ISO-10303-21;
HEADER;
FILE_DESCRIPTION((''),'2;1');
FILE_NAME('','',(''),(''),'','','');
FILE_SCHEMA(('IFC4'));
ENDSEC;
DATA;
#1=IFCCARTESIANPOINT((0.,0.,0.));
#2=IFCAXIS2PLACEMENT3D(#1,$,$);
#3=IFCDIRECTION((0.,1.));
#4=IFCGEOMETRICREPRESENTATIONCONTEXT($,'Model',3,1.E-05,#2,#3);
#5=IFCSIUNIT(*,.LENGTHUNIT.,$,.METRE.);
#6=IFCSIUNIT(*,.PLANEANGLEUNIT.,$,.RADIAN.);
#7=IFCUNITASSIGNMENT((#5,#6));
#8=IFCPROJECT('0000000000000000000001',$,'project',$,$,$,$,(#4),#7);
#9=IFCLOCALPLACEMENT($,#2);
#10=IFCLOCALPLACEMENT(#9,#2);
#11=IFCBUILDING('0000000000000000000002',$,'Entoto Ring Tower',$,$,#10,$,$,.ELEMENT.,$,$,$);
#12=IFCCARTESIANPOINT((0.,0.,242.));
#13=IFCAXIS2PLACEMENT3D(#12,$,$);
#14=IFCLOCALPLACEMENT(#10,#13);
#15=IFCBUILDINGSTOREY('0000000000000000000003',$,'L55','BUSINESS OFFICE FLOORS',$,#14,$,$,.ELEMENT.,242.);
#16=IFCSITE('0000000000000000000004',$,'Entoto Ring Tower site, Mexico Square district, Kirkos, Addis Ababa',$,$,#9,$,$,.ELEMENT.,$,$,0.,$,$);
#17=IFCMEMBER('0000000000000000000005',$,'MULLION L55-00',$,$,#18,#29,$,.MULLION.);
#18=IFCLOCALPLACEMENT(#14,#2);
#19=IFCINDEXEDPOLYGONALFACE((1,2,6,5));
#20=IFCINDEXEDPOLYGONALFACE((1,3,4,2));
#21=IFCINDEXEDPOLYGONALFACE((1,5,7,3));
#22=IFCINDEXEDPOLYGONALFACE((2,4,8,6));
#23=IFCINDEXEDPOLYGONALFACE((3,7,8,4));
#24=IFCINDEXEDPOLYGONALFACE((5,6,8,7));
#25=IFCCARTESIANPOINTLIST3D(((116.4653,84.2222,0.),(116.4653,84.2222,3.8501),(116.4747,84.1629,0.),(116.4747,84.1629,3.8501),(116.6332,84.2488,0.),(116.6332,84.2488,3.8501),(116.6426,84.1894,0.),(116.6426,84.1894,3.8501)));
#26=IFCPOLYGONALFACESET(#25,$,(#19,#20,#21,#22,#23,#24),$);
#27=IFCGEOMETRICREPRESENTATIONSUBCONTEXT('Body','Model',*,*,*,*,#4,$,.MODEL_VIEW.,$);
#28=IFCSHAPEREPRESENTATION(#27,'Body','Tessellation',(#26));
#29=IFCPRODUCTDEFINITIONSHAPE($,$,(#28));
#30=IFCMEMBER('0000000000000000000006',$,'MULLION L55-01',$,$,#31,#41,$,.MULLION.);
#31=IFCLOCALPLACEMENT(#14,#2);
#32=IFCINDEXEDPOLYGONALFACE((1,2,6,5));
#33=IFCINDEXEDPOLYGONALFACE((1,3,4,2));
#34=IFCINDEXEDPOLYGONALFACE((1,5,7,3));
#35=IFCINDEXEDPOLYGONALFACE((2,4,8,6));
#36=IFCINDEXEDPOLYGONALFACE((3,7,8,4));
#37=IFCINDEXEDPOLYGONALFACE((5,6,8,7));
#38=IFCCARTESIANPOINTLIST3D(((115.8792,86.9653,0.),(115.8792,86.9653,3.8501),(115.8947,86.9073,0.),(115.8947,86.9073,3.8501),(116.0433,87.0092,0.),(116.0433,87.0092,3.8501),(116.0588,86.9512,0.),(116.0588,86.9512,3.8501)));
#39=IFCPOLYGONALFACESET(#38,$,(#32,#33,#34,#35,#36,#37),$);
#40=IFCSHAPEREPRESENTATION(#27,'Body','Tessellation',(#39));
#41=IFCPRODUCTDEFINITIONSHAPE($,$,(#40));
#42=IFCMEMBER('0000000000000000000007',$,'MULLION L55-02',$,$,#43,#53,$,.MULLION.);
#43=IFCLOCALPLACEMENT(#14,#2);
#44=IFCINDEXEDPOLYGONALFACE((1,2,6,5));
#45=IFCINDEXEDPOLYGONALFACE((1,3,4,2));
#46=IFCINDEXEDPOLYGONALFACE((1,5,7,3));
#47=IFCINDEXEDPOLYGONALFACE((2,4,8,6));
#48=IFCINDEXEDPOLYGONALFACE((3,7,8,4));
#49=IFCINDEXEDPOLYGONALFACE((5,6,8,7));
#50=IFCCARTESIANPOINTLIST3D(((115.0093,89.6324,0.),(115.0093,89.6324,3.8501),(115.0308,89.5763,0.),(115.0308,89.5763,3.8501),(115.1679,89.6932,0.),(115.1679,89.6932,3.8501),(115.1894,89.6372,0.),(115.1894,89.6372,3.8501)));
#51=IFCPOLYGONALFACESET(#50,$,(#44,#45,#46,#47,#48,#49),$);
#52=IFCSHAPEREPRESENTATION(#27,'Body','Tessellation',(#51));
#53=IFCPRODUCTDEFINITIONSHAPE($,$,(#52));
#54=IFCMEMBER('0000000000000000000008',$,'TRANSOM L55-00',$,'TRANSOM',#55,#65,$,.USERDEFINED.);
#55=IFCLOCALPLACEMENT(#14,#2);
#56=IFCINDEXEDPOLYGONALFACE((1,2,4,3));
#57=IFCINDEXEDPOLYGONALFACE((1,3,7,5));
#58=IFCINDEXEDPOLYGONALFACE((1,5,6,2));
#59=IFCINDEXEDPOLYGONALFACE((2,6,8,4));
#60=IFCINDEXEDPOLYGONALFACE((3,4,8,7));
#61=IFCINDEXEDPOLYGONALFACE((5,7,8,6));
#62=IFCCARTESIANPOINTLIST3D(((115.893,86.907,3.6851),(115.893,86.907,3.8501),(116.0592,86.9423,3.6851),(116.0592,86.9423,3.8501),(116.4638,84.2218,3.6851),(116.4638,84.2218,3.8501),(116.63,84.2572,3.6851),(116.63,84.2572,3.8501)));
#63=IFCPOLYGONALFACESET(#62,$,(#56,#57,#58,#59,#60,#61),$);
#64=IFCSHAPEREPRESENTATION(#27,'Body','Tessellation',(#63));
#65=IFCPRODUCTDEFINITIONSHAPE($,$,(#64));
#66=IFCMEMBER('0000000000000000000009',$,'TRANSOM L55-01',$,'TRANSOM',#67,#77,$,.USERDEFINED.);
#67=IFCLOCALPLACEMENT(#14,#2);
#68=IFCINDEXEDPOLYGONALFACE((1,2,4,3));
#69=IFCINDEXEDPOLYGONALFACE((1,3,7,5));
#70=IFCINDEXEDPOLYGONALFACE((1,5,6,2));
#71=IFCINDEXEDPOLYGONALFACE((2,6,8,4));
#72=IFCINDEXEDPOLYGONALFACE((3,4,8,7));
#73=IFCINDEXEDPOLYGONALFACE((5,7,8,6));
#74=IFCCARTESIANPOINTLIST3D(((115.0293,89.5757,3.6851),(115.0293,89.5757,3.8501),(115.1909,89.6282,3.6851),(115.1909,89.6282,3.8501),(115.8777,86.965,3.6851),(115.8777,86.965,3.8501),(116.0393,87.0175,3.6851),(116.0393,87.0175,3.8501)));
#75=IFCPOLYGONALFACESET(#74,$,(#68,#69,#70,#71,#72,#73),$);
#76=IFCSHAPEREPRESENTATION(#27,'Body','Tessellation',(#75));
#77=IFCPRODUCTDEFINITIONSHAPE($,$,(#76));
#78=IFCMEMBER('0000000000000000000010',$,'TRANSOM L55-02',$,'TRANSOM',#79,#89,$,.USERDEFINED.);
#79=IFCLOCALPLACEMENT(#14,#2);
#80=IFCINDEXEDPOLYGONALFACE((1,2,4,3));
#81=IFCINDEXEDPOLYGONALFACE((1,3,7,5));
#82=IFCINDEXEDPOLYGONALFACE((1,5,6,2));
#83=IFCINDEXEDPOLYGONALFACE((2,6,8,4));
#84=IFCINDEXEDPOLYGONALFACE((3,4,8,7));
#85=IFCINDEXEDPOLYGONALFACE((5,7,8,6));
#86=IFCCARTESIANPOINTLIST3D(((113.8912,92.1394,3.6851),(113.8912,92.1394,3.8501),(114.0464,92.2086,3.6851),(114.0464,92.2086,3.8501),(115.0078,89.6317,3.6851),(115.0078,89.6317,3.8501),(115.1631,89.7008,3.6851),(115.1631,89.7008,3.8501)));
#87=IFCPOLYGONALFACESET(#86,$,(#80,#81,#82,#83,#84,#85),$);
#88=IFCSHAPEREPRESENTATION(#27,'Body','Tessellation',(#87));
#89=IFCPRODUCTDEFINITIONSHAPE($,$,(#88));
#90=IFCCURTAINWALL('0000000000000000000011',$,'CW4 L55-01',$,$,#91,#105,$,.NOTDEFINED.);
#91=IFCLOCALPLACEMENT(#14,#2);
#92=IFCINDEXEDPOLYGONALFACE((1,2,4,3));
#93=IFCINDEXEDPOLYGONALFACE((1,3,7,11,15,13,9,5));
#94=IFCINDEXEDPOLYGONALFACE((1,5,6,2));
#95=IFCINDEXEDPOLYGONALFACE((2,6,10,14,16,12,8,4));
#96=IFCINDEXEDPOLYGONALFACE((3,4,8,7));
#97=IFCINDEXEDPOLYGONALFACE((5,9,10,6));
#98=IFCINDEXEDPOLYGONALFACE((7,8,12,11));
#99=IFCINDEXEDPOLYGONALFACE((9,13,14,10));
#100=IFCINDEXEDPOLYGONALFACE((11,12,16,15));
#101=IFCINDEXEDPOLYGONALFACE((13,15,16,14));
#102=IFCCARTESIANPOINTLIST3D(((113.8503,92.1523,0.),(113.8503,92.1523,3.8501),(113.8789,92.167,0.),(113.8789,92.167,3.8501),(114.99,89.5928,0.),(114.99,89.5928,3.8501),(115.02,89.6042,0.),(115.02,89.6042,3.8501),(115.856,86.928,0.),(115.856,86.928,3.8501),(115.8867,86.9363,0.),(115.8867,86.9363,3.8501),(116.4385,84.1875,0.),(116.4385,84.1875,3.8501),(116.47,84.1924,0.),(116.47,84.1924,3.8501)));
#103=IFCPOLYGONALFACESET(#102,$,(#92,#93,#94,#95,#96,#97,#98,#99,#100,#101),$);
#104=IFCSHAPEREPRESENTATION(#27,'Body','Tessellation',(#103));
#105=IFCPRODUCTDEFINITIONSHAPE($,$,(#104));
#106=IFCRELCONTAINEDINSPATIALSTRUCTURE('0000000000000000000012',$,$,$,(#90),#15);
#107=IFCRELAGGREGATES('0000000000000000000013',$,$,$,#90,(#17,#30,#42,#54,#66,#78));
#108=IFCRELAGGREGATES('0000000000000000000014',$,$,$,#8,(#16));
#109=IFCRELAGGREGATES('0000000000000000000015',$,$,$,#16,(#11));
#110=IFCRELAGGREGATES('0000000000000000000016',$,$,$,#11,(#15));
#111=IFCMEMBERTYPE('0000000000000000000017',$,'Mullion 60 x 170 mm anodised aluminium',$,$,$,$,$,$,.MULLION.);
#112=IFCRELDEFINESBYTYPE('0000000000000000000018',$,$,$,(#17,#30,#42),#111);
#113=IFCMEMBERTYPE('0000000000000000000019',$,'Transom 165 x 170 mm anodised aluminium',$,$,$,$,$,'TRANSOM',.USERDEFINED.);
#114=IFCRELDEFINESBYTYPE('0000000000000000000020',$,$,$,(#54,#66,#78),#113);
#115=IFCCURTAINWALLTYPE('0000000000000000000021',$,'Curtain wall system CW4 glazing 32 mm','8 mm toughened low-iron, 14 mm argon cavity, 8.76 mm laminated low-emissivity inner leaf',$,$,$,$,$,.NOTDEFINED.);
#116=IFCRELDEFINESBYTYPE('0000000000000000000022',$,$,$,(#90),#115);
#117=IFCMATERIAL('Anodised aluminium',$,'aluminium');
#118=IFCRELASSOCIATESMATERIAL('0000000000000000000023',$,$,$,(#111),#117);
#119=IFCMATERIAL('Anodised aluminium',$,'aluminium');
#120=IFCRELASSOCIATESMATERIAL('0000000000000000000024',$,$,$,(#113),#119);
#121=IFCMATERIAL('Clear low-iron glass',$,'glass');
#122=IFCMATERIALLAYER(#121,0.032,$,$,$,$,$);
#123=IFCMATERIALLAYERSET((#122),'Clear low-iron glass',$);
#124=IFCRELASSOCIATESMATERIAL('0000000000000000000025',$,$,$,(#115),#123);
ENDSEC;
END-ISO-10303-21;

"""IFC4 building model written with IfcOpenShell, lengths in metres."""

from ifc_helpers import new_model, si_unit, direction, frame, origin, origin_2d, place, context, subcontext, project, spatial, polyline, rectangle, outline, extrude, material, layer, layer_set, material_profile, profile_set, type_object, element, aggregate, save


model = new_model("IFC4")

# Units and contexts
model_context = context("Model", 3, precision=1e-05, world=origin(), true_north=direction((0.0, 1.0)))
body_context = subcontext(model_context, "Body", "Model", "MODEL_VIEW")
ifc_project = project(units=[si_unit("LENGTHUNIT", "METRE"), si_unit("PLANEANGLEUNIT", "RADIAN")], contexts=[model_context])

# Members
ifc_material_1 = material(Name="Anodised aluminium", Category="aluminium")
ifc_material_profile_1 = material_profile(ifc_material_1, rectangle(XDim=0.0601, YDim=0.1699, at=origin_2d()), Name="Mullion 60 x 170 mm anodised aluminium")
ifc_profile_set_1 = profile_set([ifc_material_profile_1], Name="Anodised aluminium")
member_type_1 = type_object("IfcMemberType", Name="Mullion 60 x 170 mm anodised aluminium", PredefinedType="MULLION", material=ifc_profile_set_1)
site_placement = place(None, origin())
building_placement = place(site_placement, origin())
storey_placement = place(building_placement, frame((0.0, 0.0, 242.0)))
member_1_placement = place(storey_placement, frame((116.554, 84.2058, 0.0), z_axis=(0.0, 0.0, 1.0), x_axis=(-0.156434, 0.987688, 0.0)))
member_1 = element("IfcMember", 1, at=member_1_placement, type_object=member_type_1, Name="MULLION L55-00", PredefinedType="MULLION", context=body_context, shape_type="SweptSolid", body=[
    extrude(rectangle(XDim=0.0601, YDim=0.1699, at=origin_2d()), origin(), (0.0, 0.0, 1.0), 3.8501),
])
member_2_placement = place(storey_placement, frame((115.969, 86.9583, 0.0), z_axis=(0.0, 0.0, 1.0), x_axis=(-0.258819, 0.965926, 0.0)))
member_2 = element("IfcMember", 2, at=member_2_placement, type_object=member_type_1, Name="MULLION L55-01", PredefinedType="MULLION", context=body_context, shape_type="SweptSolid", body=[
    extrude(rectangle(XDim=0.0601, YDim=0.1699, at=origin_2d()), origin(), (0.0, 0.0, 1.0), 3.8501),
])
member_3_placement = place(storey_placement, frame((115.0994, 89.6348, 0.0), z_axis=(0.0, 0.0, 1.0), x_axis=(-0.358368, 0.93358, 0.0)))
member_3 = element("IfcMember", 3, at=member_3_placement, type_object=member_type_1, Name="MULLION L55-02", PredefinedType="MULLION", context=body_context, shape_type="SweptSolid", body=[
    extrude(rectangle(XDim=0.0601, YDim=0.1699, at=origin_2d()), origin(), (0.0, 0.0, 1.0), 3.8501),
])
ifc_material_2 = material(Name="Anodised aluminium", Category="aluminium")
ifc_material_profile_2 = material_profile(ifc_material_2, rectangle(XDim=0.1699, YDim=0.165, at=origin_2d()), Name="Transom 165 x 170 mm anodised aluminium")
ifc_profile_set_2 = profile_set([ifc_material_profile_2], Name="Anodised aluminium")
member_type_2 = type_object("IfcMemberType", Name="Transom 165 x 170 mm anodised aluminium", ElementType="TRANSOM", PredefinedType="USERDEFINED", material=ifc_profile_set_2)
member_4_placement = place(storey_placement, frame((116.5469, 84.2395, 3.7676), z_axis=(-0.207937, 0.978142, 0.0), x_axis=(-0.978142, -0.207937, 0.0)))
member_4 = element("IfcMember", 4, at=member_4_placement, type_object=member_type_2, Name="TRANSOM L55-00", ObjectType="TRANSOM", PredefinedType="USERDEFINED", context=body_context, shape_type="SweptSolid", body=[
    extrude(rectangle(XDim=0.1699, YDim=0.165, at=origin_2d()), origin(), (0.0, 0.0, 1.0), 2.7451),
])
member_5_placement = place(storey_placement, frame((115.9585, 86.9912, 3.7676), z_axis=(-0.309042, 0.951048, 0.0), x_axis=(-0.951048, -0.309042, 0.0)))
member_5 = element("IfcMember", 5, at=member_5_placement, type_object=member_type_2, Name="TRANSOM L55-01", ObjectType="TRANSOM", PredefinedType="USERDEFINED", context=body_context, shape_type="SweptSolid", body=[
    extrude(rectangle(XDim=0.1699, YDim=0.165, at=origin_2d()), origin(), (0.0, 0.0, 1.0), 2.7451),
])
member_6_placement = place(storey_placement, frame((115.0854, 89.6663, 3.7676), z_axis=(-0.406782, 0.913525, 0.0), x_axis=(-0.913525, -0.406782, 0.0)))
member_6 = element("IfcMember", 6, at=member_6_placement, type_object=member_type_2, Name="TRANSOM L55-02", ObjectType="TRANSOM", PredefinedType="USERDEFINED", context=body_context, shape_type="SweptSolid", body=[
    extrude(rectangle(XDim=0.1699, YDim=0.165, at=origin_2d()), origin(), (0.0, 0.0, 1.0), 2.7451),
])

# Site, building, storey
site = spatial("IfcSite", under=ifc_project, at=site_placement, Name="Entoto Ring Tower site, Mexico Square district, Kirkos, Addis Ababa", CompositionType="ELEMENT", RefElevation=0.0)
building = spatial("IfcBuilding", under=site, at=building_placement, Name="Entoto Ring Tower", CompositionType="ELEMENT")
storey = spatial("IfcBuildingStorey", under=building, at=storey_placement, Name="L55", Description="BUSINESS OFFICE FLOORS", CompositionType="ELEMENT", Elevation=242.0)

# Curtain wall
ifc_material_3 = material(Name="Clear low-iron glass", Category="glass")
ifc_layer_1 = layer(ifc_material_3, 0.032)
ifc_layer_set_1 = layer_set([ifc_layer_1], Name="Clear low-iron glass")
curtain_wall_type = type_object("IfcCurtainWallType", Name="Curtain wall system CW4 glazing 32 mm", Description="8 mm toughened low-iron, 14 mm argon cavity, 8.76 mm laminated low-emissivity inner leaf", PredefinedType="NOTDEFINED", material=ifc_layer_set_1)
curtain_wall_1_placement = place(storey_placement, origin())
curtain_wall_1 = element("IfcCurtainWall", 7, at=curtain_wall_1_placement, inside=storey, type_object=curtain_wall_type, Name="CW4 L55-01", PredefinedType="NOTDEFINED", context=body_context, shape_type="SweptSolid", body=[
    extrude(outline(polyline([(116.47, 84.1924), (115.8867, 86.9363), (115.02, 89.6042), (113.8789, 92.167), (113.8503, 92.1523), (114.99, 89.5928), (115.856, 86.928), (116.4385, 84.1875), (116.47, 84.1924)])), origin(), (0.0, 0.0, 1.0), 3.8501),
])
aggregate(curtain_wall_1, [member_1, member_2, member_3, member_4, member_5, member_6])

save(model, "model.ifc")
